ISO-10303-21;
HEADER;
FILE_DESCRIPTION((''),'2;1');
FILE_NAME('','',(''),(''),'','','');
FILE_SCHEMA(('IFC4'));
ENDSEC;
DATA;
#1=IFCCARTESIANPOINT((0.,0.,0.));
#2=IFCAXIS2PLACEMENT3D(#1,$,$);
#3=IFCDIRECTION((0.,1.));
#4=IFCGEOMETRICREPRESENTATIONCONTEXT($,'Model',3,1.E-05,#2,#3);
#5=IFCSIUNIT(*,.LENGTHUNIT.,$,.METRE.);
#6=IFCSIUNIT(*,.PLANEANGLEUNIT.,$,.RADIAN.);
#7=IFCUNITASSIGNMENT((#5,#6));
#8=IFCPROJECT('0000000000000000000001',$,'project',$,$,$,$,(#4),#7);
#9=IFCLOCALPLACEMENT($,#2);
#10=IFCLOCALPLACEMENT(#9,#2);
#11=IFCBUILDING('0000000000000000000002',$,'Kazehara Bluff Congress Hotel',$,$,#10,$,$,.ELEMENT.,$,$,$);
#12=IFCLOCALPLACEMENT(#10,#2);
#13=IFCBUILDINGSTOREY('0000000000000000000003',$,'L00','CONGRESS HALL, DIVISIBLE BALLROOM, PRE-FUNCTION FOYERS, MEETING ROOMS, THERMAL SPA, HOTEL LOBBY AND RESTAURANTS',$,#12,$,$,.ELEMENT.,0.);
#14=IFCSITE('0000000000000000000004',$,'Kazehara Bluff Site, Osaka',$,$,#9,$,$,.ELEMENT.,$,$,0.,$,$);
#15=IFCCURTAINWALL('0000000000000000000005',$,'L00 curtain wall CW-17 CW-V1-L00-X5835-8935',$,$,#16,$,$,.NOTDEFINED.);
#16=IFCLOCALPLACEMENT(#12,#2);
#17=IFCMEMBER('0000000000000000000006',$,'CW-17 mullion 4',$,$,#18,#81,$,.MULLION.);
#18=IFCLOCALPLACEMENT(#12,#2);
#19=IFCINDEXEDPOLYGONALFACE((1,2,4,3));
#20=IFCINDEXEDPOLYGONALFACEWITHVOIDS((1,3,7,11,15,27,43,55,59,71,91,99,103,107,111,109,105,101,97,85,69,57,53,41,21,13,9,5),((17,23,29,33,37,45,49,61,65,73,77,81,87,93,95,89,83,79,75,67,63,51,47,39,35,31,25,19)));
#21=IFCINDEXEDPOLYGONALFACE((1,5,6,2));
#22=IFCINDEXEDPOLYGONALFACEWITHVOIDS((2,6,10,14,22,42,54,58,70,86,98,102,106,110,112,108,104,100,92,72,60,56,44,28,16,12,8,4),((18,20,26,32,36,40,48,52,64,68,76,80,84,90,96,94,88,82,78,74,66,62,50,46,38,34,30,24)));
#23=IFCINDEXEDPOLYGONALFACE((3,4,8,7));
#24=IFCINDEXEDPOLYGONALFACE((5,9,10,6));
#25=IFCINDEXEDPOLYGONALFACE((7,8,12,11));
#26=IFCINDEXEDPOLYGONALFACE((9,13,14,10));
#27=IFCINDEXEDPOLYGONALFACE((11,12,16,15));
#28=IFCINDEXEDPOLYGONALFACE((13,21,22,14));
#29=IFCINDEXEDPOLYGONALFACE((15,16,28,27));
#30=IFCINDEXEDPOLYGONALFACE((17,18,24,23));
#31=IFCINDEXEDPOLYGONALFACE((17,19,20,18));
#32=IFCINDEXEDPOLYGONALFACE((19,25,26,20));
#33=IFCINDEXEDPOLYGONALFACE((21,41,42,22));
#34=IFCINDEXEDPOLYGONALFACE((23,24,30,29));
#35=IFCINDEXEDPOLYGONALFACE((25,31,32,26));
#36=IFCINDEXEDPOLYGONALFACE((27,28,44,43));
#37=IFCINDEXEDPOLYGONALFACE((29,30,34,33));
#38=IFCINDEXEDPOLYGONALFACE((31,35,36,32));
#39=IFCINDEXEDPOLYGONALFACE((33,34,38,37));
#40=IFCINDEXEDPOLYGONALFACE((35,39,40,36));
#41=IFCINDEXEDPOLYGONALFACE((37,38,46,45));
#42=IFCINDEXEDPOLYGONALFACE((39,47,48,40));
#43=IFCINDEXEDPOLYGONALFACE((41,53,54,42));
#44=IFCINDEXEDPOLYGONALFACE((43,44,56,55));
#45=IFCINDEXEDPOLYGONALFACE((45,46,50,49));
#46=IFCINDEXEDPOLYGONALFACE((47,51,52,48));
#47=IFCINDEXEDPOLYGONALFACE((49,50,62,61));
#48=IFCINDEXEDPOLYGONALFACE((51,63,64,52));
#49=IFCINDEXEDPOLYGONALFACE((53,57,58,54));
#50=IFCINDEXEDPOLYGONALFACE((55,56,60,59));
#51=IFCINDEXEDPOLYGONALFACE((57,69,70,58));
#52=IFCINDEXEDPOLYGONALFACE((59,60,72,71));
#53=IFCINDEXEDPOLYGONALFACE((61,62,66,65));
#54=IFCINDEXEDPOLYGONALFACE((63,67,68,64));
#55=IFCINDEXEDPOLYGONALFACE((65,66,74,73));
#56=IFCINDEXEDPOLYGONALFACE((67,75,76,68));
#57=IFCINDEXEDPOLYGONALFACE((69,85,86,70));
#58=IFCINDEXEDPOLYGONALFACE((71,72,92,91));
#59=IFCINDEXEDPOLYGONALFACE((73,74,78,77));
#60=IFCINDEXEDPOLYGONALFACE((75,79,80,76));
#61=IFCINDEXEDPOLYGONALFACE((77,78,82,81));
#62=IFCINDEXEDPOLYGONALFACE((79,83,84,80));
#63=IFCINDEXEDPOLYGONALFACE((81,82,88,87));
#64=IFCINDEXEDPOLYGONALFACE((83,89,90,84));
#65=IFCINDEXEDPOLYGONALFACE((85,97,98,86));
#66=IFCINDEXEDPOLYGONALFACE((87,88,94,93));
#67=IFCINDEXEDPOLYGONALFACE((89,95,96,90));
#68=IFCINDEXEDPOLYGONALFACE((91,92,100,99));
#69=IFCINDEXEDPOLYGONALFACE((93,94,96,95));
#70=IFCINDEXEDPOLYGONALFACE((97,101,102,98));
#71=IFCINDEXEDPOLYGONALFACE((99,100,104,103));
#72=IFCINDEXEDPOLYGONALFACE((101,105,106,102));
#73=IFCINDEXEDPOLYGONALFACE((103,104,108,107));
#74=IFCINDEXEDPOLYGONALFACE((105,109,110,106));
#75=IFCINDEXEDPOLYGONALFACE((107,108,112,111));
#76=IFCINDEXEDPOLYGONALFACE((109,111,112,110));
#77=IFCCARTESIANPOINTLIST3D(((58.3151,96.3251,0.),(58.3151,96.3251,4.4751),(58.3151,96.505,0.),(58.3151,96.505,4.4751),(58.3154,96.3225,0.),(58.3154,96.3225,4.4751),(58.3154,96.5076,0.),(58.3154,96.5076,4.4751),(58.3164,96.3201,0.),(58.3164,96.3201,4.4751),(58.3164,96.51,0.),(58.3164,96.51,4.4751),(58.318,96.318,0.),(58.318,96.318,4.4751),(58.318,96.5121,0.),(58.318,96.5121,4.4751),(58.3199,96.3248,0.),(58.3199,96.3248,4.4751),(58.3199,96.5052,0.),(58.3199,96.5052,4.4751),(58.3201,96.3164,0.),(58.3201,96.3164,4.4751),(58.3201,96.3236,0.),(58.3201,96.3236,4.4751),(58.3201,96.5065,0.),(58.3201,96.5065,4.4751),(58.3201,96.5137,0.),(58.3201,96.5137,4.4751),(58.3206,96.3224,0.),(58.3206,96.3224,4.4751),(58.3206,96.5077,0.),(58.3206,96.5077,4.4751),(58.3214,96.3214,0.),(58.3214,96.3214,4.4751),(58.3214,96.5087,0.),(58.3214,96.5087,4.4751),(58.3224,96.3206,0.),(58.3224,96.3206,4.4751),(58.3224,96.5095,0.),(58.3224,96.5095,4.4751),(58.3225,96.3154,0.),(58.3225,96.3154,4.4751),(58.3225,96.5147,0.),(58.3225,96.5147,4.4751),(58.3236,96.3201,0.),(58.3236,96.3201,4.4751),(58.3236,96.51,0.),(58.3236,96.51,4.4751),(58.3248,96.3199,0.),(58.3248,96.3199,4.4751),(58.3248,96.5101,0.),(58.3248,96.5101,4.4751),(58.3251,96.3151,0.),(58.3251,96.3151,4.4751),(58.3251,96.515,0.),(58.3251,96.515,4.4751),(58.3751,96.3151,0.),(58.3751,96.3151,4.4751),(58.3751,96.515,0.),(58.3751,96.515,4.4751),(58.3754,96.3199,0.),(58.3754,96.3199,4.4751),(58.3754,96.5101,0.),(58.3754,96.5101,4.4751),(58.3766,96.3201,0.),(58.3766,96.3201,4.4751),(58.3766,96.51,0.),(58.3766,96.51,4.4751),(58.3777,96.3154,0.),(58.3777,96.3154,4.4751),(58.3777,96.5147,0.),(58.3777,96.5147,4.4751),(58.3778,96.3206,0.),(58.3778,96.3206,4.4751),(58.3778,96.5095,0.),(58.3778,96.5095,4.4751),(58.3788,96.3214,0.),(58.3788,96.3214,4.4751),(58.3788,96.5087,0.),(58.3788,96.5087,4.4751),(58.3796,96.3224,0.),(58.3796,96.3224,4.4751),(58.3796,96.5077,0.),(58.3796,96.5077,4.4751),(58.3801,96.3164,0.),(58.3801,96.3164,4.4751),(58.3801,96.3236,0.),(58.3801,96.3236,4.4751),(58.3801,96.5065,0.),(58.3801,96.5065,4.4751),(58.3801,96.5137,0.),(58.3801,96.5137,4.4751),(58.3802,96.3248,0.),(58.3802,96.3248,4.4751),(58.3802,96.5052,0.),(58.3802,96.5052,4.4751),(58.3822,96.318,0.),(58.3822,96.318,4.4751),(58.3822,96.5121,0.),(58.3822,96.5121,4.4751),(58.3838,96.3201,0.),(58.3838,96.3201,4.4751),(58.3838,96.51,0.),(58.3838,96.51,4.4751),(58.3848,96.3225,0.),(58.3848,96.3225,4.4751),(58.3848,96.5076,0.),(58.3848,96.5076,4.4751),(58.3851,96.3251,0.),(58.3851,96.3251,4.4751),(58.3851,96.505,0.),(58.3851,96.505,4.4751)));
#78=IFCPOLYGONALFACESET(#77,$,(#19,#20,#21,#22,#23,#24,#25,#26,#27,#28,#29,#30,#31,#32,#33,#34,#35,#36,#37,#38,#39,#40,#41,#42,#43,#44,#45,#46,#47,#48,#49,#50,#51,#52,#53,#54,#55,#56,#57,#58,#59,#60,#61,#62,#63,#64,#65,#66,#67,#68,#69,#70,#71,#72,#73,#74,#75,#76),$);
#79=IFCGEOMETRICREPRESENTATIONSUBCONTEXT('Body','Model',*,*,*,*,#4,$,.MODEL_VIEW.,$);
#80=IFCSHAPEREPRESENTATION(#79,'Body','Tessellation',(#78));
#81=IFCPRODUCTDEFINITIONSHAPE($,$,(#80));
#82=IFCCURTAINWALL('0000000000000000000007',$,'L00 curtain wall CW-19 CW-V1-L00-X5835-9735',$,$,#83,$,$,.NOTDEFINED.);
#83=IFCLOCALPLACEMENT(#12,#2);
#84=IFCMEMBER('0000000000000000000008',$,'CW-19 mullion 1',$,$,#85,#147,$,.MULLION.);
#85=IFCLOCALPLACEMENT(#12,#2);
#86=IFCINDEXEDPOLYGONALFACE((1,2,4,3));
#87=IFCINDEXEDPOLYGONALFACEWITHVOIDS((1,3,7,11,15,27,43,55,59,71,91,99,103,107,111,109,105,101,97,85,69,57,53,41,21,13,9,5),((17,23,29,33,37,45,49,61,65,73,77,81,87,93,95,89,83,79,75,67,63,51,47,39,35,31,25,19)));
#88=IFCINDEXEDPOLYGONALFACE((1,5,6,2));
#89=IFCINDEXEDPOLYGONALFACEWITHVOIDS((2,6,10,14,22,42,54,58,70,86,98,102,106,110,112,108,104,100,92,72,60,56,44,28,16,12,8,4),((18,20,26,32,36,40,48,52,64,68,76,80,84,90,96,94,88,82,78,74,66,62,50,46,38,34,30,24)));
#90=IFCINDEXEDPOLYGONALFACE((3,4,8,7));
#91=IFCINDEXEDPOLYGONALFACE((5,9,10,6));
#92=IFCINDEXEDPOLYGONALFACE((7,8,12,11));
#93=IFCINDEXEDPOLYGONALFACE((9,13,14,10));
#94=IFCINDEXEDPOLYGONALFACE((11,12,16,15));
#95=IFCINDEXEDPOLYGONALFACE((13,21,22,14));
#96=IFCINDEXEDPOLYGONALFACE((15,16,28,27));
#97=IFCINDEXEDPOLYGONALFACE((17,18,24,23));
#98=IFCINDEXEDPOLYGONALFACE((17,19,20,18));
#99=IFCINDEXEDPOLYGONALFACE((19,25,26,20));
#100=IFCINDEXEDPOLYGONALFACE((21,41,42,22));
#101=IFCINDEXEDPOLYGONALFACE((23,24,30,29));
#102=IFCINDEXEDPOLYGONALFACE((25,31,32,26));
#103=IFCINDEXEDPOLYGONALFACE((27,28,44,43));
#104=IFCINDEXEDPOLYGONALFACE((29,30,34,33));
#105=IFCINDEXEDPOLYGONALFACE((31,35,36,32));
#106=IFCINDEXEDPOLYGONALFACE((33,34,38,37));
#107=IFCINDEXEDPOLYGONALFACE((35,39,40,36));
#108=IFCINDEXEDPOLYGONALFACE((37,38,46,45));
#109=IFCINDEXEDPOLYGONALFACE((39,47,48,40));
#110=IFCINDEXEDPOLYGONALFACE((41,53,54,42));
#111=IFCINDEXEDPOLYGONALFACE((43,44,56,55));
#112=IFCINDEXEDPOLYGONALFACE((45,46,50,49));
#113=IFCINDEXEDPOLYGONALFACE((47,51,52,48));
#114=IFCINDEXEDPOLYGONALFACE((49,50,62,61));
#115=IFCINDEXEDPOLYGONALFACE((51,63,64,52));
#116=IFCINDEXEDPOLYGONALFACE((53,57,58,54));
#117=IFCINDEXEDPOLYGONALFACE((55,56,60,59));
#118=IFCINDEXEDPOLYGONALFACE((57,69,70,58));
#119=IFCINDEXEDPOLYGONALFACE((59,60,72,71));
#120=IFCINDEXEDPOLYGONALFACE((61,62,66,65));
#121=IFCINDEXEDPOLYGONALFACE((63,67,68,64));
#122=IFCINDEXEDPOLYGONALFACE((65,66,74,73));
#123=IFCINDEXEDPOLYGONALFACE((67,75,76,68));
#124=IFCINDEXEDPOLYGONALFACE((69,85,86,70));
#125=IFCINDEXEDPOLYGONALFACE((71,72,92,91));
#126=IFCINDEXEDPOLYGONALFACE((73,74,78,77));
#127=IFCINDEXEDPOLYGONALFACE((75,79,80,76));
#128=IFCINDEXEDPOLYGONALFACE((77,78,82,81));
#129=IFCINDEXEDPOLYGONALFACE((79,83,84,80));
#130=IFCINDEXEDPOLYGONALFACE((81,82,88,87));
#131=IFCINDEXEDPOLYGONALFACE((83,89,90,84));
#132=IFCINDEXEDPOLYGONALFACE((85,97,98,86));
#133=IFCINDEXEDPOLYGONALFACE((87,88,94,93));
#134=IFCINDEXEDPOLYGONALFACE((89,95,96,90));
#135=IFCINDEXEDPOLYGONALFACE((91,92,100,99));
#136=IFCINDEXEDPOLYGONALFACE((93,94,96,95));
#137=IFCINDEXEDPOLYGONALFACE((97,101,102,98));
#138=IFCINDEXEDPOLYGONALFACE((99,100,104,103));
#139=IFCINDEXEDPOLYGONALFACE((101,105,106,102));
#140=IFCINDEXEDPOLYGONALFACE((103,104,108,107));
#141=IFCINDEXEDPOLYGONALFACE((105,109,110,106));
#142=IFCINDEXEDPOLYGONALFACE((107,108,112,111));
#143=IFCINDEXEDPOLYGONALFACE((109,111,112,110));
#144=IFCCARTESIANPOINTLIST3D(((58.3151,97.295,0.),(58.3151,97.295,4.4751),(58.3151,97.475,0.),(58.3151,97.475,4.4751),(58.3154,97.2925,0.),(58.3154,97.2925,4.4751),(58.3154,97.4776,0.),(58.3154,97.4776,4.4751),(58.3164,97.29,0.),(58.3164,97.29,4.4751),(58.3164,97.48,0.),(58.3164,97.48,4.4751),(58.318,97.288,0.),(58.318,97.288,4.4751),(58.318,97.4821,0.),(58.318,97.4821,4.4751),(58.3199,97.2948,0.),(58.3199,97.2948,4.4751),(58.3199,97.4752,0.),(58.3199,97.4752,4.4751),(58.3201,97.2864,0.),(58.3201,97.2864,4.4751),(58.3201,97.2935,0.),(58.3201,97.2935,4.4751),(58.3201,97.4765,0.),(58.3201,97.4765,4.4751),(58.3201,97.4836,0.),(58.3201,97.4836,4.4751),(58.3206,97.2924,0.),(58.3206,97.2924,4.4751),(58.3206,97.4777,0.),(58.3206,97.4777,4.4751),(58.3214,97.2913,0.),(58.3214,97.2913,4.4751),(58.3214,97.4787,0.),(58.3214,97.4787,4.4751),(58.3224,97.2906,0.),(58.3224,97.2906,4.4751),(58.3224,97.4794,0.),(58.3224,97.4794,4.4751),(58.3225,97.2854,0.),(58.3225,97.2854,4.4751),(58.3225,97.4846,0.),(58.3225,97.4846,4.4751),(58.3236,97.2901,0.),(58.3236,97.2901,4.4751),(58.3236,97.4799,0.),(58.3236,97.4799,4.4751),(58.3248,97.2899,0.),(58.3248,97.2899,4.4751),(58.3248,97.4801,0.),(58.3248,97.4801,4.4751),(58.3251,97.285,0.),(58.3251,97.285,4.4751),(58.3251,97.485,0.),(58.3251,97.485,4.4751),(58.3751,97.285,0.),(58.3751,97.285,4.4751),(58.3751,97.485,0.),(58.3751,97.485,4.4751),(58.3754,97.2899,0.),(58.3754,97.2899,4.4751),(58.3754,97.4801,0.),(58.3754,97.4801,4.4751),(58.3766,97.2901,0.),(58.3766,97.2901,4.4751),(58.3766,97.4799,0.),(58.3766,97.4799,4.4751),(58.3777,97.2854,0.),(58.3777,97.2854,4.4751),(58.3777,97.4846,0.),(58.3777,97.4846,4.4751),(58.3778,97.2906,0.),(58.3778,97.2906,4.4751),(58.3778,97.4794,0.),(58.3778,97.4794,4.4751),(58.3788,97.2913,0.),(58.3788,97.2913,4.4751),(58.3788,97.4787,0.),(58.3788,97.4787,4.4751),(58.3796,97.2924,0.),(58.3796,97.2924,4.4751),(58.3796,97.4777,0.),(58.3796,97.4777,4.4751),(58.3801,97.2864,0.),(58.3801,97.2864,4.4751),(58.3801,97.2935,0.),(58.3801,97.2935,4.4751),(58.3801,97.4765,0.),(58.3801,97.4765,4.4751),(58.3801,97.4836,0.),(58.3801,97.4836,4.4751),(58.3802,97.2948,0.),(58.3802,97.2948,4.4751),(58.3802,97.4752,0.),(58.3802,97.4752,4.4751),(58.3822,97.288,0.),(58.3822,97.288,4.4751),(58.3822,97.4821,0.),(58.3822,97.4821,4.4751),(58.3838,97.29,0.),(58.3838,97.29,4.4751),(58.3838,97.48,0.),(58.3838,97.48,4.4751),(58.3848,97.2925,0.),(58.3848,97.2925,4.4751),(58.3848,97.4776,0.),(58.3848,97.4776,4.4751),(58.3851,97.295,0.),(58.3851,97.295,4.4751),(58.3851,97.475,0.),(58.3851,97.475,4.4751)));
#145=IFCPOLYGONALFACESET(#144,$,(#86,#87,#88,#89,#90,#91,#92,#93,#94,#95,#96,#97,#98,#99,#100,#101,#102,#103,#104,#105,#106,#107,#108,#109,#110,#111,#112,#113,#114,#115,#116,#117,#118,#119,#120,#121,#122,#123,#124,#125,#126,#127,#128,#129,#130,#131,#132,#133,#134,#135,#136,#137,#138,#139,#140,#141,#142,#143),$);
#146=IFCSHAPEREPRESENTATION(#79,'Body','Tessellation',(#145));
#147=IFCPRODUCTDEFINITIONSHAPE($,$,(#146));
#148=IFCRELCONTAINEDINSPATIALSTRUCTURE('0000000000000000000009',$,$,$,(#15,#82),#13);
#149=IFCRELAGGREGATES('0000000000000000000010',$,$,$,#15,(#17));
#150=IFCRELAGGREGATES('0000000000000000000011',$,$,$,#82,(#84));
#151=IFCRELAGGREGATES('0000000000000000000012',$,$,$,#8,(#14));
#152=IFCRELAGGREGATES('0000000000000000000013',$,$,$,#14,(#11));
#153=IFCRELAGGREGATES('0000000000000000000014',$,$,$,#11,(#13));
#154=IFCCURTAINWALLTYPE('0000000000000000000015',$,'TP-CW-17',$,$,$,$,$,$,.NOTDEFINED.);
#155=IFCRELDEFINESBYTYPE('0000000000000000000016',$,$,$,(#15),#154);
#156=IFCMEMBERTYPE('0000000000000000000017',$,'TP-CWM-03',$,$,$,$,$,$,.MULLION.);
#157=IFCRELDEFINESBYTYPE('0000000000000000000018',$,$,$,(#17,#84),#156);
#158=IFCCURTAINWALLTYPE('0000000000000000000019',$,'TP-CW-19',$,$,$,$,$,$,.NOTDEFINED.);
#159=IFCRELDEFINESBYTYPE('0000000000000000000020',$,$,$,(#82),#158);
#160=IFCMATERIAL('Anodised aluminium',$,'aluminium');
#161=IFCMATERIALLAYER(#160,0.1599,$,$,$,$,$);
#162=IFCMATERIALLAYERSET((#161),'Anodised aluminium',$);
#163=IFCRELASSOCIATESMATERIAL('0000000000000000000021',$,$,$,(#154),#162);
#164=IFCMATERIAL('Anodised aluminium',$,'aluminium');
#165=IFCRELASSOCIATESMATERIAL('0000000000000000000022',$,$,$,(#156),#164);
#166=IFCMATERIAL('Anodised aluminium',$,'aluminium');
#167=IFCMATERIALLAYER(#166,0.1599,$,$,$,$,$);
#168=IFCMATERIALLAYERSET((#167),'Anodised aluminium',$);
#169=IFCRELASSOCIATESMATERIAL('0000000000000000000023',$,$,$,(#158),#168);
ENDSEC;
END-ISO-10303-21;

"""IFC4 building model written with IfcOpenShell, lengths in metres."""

from ifc_helpers import new_model, si_unit, direction, frame, origin, origin_2d, place, context, subcontext, project, spatial, hollow_rectangle, extrude, material, layer, layer_set, material_profile, profile_set, type_object, element, aggregate, save


model = new_model("IFC4")

# Units and contexts
model_context = context("Model", 3, precision=1e-05, world=origin(), true_north=direction((0.0, 1.0)))
body_context = subcontext(model_context, "Body", "Model", "MODEL_VIEW")
ifc_project = project(units=[si_unit("LENGTHUNIT", "METRE"), si_unit("PLANEANGLEUNIT", "RADIAN")], contexts=[model_context])

# Site, building, storey
site_placement = place(None, origin())
site = spatial("IfcSite", under=ifc_project, at=site_placement, Name="Kazehara Bluff Site, Osaka", CompositionType="ELEMENT", RefElevation=0.0)
building_placement = place(site_placement, origin())
building = spatial("IfcBuilding", under=site, at=building_placement, Name="Kazehara Bluff Congress Hotel", CompositionType="ELEMENT")
storey_placement = place(building_placement, origin())
storey = spatial("IfcBuildingStorey", under=building, at=storey_placement, Name="L00", Description="CONGRESS HALL, DIVISIBLE BALLROOM, PRE-FUNCTION FOYERS, MEETING ROOMS, THERMAL SPA, HOTEL LOBBY AND RESTAURANTS", CompositionType="ELEMENT", Elevation=0.0)

# Curtain wall, member
ifc_material_1 = material(Name="Anodised aluminium", Category="aluminium")
ifc_layer_1 = layer(ifc_material_1, 0.1599)
ifc_layer_set_1 = layer_set([ifc_layer_1], Name="Anodised aluminium")
curtain_wall_type_1 = type_object("IfcCurtainWallType", Name="TP-CW-17", PredefinedType="NOTDEFINED", material=ifc_layer_set_1)
curtain_wall_1_placement = place(storey_placement, origin())
curtain_wall_1 = element("IfcCurtainWall", 1, at=curtain_wall_1_placement, inside=storey, type_object=curtain_wall_type_1, Name="L00 curtain wall CW-17 CW-V1-L00-X5835-8935", PredefinedType="NOTDEFINED")
ifc_material_2 = material(Name="Anodised aluminium", Category="aluminium")
ifc_material_profile_1 = material_profile(ifc_material_2, hollow_rectangle(XDim=0.0701, YDim=0.2, WallThickness=0.0049, InnerFilletRadius=0.0049, OuterFilletRadius=0.01, at=origin_2d()))
ifc_profile_set_1 = profile_set([ifc_material_profile_1], Name="Anodised aluminium")
member_type_1 = type_object("IfcMemberType", Name="TP-CWM-03", PredefinedType="MULLION", material=ifc_profile_set_1)
member_1_placement = place(storey_placement, frame((58.3501, 96.415, 0.0), z_axis=(0.0, 0.0, 1.0), x_axis=(-1.0, 0.0, 0.0)))
member_1 = element("IfcMember", 2, at=member_1_placement, type_object=member_type_1, Name="CW-17 mullion 4", PredefinedType="MULLION", context=body_context, shape_type="SweptSolid", body=[
    extrude(hollow_rectangle(XDim=0.0701, YDim=0.2, WallThickness=0.0049, InnerFilletRadius=0.0049, OuterFilletRadius=0.01, at=origin_2d()), origin(), (0.0, 0.0, 1.0), 4.4751),
])

# Curtain wall, member
ifc_material_3 = material(Name="Anodised aluminium", Category="aluminium")
ifc_layer_2 = layer(ifc_material_3, 0.1599)
ifc_layer_set_2 = layer_set([ifc_layer_2], Name="Anodised aluminium")
curtain_wall_type_2 = type_object("IfcCurtainWallType", Name="TP-CW-19", PredefinedType="NOTDEFINED", material=ifc_layer_set_2)
curtain_wall_2_placement = place(storey_placement, origin())
curtain_wall_2 = element("IfcCurtainWall", 3, at=curtain_wall_2_placement, inside=storey, type_object=curtain_wall_type_2, Name="L00 curtain wall CW-19 CW-V1-L00-X5835-9735", PredefinedType="NOTDEFINED")
member_2_placement = place(storey_placement, frame((58.3501, 97.385, 0.0), z_axis=(0.0, 0.0, 1.0), x_axis=(-1.0, 0.0, 0.0)))
member_2 = element("IfcMember", 4, at=member_2_placement, type_object=member_type_1, Name="CW-19 mullion 1", PredefinedType="MULLION", context=body_context, shape_type="SweptSolid", body=[
    extrude(hollow_rectangle(XDim=0.0701, YDim=0.2, WallThickness=0.0049, InnerFilletRadius=0.0049, OuterFilletRadius=0.01, at=origin_2d()), origin(), (0.0, 0.0, 1.0), 4.4751),
])

aggregate(curtain_wall_1, [member_1])
aggregate(curtain_wall_2, [member_2])

save(model, "model.ifc")
